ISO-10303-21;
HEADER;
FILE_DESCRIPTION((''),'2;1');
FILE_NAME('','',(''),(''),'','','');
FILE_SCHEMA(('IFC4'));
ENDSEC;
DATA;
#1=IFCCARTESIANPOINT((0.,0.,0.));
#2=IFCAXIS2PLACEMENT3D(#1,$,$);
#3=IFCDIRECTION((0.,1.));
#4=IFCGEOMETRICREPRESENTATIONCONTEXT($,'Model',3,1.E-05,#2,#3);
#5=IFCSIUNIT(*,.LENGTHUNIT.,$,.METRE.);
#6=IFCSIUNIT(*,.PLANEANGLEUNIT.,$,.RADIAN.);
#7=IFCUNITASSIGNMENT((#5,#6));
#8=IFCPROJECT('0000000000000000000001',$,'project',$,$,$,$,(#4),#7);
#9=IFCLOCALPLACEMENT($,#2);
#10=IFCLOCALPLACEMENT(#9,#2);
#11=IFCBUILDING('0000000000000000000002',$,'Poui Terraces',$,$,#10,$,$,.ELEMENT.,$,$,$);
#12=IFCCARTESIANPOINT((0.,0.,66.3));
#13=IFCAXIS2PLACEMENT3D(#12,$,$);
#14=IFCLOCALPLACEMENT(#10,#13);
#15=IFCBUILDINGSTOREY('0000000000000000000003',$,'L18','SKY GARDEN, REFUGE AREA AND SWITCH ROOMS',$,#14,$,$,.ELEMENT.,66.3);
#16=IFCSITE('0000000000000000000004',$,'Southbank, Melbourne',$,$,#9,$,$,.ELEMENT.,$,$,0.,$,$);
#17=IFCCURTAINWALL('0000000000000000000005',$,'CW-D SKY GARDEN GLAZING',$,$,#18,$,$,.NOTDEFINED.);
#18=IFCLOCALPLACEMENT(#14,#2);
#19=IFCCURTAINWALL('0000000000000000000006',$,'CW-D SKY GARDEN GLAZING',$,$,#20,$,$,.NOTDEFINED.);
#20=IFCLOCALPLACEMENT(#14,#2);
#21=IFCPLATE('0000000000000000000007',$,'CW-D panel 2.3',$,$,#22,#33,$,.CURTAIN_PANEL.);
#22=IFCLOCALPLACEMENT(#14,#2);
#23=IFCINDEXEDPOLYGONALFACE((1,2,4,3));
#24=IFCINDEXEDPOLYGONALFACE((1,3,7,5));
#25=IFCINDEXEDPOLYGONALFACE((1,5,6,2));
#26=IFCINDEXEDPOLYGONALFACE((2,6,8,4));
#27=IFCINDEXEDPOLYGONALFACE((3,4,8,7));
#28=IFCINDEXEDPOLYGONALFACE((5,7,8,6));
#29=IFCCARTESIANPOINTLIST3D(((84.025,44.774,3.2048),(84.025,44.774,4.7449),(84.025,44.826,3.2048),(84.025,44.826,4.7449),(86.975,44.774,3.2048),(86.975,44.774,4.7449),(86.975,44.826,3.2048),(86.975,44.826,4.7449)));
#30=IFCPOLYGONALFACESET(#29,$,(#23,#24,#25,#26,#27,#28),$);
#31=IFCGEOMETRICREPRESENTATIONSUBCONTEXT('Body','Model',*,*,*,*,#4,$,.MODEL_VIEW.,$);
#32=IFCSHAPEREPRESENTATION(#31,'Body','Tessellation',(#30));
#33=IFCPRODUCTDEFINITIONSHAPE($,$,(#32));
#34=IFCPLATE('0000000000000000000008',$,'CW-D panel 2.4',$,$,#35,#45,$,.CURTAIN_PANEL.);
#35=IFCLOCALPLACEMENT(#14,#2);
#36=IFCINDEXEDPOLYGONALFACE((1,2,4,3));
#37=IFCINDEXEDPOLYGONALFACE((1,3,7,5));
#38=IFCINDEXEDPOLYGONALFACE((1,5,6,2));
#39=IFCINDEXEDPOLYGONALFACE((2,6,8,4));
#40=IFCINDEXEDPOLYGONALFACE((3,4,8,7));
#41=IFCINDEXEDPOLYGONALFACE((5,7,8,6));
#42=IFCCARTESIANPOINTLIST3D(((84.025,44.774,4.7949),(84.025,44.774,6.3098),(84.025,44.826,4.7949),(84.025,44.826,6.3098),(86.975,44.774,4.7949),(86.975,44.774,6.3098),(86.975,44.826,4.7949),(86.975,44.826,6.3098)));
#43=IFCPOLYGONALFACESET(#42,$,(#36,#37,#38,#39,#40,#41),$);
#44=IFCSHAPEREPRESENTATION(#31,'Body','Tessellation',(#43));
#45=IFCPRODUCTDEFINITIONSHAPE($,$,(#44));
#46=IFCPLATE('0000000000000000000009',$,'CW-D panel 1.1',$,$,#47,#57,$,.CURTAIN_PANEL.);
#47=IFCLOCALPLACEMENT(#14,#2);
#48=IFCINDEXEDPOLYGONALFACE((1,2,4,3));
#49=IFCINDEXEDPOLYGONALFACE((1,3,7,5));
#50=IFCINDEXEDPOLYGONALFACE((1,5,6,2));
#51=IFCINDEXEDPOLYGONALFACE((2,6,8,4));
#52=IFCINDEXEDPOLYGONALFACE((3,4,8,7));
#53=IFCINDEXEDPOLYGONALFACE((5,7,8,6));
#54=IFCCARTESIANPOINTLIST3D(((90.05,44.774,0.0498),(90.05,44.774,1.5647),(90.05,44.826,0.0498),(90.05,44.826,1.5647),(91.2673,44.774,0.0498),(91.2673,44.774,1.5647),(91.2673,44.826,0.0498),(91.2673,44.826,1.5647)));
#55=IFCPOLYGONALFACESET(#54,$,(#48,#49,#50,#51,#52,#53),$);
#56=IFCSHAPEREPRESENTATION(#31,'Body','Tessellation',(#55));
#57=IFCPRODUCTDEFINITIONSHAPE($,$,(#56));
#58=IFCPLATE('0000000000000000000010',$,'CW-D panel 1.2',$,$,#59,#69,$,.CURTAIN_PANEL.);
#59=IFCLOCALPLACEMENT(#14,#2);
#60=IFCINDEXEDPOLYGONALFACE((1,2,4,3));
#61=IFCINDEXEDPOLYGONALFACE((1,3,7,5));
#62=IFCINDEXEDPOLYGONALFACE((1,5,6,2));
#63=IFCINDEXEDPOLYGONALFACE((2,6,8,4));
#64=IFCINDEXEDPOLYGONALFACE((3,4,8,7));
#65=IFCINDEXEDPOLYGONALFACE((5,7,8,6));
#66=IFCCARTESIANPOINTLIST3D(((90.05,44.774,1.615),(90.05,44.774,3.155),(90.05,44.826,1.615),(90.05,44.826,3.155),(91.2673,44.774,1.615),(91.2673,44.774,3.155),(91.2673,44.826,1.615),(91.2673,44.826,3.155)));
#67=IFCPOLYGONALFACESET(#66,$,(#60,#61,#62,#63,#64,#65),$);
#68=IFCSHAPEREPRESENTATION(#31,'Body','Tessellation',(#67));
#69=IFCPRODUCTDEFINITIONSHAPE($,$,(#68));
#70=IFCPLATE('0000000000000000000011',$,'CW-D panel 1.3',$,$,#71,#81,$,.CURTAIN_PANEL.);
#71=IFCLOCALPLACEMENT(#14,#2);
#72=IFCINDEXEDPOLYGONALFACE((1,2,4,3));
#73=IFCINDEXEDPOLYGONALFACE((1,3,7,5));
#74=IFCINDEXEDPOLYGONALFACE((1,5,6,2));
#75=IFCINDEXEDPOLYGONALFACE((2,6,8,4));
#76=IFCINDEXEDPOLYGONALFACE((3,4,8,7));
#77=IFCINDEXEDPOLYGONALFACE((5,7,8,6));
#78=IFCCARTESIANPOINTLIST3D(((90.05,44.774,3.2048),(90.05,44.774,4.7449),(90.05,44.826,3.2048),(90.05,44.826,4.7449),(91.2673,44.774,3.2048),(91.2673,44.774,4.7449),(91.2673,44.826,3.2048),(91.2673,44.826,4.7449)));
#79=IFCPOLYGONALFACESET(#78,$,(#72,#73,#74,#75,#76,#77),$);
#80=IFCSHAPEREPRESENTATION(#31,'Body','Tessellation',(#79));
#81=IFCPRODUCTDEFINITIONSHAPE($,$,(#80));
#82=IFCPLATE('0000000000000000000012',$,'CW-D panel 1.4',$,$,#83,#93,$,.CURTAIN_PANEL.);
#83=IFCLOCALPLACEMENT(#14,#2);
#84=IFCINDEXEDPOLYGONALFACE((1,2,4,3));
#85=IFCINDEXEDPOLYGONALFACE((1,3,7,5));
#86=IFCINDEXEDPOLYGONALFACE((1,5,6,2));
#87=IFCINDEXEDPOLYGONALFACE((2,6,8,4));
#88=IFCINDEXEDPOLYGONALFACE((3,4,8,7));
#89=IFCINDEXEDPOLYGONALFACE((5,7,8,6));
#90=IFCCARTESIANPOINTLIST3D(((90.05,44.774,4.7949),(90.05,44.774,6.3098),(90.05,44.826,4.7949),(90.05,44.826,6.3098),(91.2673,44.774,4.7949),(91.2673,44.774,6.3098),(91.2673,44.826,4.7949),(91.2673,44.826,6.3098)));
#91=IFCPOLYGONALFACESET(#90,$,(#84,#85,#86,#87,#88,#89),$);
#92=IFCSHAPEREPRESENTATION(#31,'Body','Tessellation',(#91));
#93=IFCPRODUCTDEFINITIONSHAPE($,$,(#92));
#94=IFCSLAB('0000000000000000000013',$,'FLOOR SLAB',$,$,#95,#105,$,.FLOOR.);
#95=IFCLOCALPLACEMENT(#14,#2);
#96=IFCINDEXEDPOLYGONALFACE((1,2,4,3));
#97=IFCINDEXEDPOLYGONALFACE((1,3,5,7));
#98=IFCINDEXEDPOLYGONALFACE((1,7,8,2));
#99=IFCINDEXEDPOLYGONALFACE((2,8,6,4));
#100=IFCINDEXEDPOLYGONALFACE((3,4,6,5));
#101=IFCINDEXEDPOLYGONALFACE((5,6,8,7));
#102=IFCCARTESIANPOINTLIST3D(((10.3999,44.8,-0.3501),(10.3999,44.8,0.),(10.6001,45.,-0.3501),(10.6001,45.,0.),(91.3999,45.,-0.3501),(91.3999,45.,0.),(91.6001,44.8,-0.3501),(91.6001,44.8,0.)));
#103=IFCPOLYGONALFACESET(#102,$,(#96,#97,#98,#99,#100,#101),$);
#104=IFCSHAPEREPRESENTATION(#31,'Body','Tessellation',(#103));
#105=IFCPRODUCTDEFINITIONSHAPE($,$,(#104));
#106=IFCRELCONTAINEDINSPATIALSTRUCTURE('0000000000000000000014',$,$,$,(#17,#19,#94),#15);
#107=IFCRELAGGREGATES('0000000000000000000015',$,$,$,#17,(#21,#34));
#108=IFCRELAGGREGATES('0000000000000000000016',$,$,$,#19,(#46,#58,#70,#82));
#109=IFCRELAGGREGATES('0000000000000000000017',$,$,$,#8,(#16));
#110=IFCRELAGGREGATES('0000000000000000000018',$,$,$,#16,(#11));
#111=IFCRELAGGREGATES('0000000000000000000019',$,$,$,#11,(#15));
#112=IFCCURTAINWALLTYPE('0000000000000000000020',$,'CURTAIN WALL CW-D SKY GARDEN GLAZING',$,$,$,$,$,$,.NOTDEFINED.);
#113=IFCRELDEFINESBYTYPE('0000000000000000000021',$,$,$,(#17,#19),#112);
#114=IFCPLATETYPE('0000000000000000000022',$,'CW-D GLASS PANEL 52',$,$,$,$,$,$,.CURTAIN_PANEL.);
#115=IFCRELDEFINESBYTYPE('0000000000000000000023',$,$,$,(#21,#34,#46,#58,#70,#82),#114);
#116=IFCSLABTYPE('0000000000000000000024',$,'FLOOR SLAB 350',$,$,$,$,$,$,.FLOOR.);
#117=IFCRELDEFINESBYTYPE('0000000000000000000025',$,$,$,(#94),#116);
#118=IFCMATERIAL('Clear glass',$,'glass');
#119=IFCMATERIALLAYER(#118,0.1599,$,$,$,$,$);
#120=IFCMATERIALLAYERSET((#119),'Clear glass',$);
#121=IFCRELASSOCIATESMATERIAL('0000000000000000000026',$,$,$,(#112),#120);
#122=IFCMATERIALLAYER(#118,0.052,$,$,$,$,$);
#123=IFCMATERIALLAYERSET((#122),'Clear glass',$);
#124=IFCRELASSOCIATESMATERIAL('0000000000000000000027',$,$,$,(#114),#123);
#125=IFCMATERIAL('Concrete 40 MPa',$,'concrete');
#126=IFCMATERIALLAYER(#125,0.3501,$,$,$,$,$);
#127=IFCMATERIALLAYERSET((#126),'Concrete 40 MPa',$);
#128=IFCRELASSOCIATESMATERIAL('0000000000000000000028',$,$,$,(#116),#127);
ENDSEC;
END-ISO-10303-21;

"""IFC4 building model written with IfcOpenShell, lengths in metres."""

from ifc_helpers import new_model, si_unit, direction, frame, origin, origin_2d, place, context, subcontext, project, spatial, polyline, rectangle, outline, extrude, source, transform, mapped, material, layer, layer_set, type_object, element, aggregate, save


model = new_model("IFC4")

# Units and contexts
model_context = context("Model", 3, precision=1e-05, world=origin(), true_north=direction((0.0, 1.0)))
body_context = subcontext(model_context, "Body", "Model", "MODEL_VIEW")
ifc_project = project(units=[si_unit("LENGTHUNIT", "METRE"), si_unit("PLANEANGLEUNIT", "RADIAN")], contexts=[model_context])

# Site, building, storey
site_placement = place(None, origin())
site = spatial("IfcSite", under=ifc_project, at=site_placement, Name="Southbank, Melbourne", CompositionType="ELEMENT", RefElevation=0.0)
building_placement = place(site_placement, origin())
building = spatial("IfcBuilding", under=site, at=building_placement, Name="Poui Terraces", CompositionType="ELEMENT")
storey_placement = place(building_placement, frame((0.0, 0.0, 66.3)))
storey = spatial("IfcBuildingStorey", under=building, at=storey_placement, Name="L18", Description="SKY GARDEN, REFUGE AREA AND SWITCH ROOMS", CompositionType="ELEMENT", Elevation=66.3)

# Curtain walls
ifc_material_1 = material(Name="Clear glass", Category="glass")
ifc_layer_1 = layer(ifc_material_1, 0.1599)
ifc_layer_set_1 = layer_set([ifc_layer_1], Name="Clear glass")
curtain_wall_type = type_object("IfcCurtainWallType", Name="CURTAIN WALL CW-D SKY GARDEN GLAZING", PredefinedType="NOTDEFINED", material=ifc_layer_set_1)
curtain_wall_1_placement = place(storey_placement, origin())
curtain_wall_1 = element("IfcCurtainWall", 1, at=curtain_wall_1_placement, inside=storey, type_object=curtain_wall_type, Name="CW-D SKY GARDEN GLAZING", PredefinedType="NOTDEFINED")
curtain_wall_2_placement = place(storey_placement, origin())
curtain_wall_2 = element("IfcCurtainWall", 2, at=curtain_wall_2_placement, inside=storey, type_object=curtain_wall_type, Name="CW-D SKY GARDEN GLAZING", PredefinedType="NOTDEFINED")

# Plates
ifc_layer_2 = layer(ifc_material_1, 0.052)
ifc_layer_set_2 = layer_set([ifc_layer_2], Name="Clear glass")
plate_type = type_object("IfcPlateType", Name="CW-D GLASS PANEL 52", PredefinedType="CURTAIN_PANEL", material=ifc_layer_set_2)
plate_1_placement = place(storey_placement, frame((85.5, 44.8, 3.2048), z_axis=(0.0, 0.0, 1.0), x_axis=(-1.0, 0.0, 0.0)))
plate_1 = element("IfcPlate", 3, at=plate_1_placement, type_object=plate_type, Name="CW-D panel 2.3", PredefinedType="CURTAIN_PANEL", context=body_context, shape_type="SweptSolid", body=[
    extrude(rectangle(XDim=2.95, YDim=0.052, at=origin_2d()), origin(), (0.0, 0.0, 1.0), 1.54),
])
plate_2_placement = place(storey_placement, frame((85.5, 44.8, 4.7949), z_axis=(0.0, 0.0, 1.0), x_axis=(-1.0, 0.0, 0.0)))
plate_2 = element("IfcPlate", 4, at=plate_2_placement, type_object=plate_type, Name="CW-D panel 2.4", PredefinedType="CURTAIN_PANEL", context=body_context, shape_type="SweptSolid", body=[
    extrude(rectangle(XDim=2.95, YDim=0.052, at=origin_2d()), origin(), (0.0, 0.0, 1.0), 1.5149),
])
aggregate(curtain_wall_1, [plate_1, plate_2])
plate_3_placement = place(storey_placement, frame((90.6587, 44.8, 0.0498), z_axis=(0.0, 0.0, 1.0), x_axis=(-1.0, 0.0, 0.0)))
plate_3 = element("IfcPlate", 5, at=plate_3_placement, type_object=plate_type, Name="CW-D panel 1.1", PredefinedType="CURTAIN_PANEL", context=body_context, shape_type="SweptSolid", body=[
    extrude(rectangle(XDim=1.2173, YDim=0.052, at=origin_2d()), origin(), (0.0, 0.0, 1.0), 1.5149),
])
plate_4_placement = place(storey_placement, frame((90.6587, 44.8, 1.615), z_axis=(0.0, 0.0, 1.0), x_axis=(-1.0, 0.0, 0.0)))
plate_4 = element("IfcPlate", 6, at=plate_4_placement, type_object=plate_type, Name="CW-D panel 1.2", PredefinedType="CURTAIN_PANEL", context=body_context, shape_type="SweptSolid", body=[
    extrude(rectangle(XDim=1.2173, YDim=0.052, at=origin_2d()), origin(), (0.0, 0.0, 1.0), 1.54),
])
plate_5_placement = place(storey_placement, frame((90.6587, 44.8, 3.2048), z_axis=(0.0, 0.0, 1.0), x_axis=(-1.0, 0.0, 0.0)))
plate_5 = element("IfcPlate", 7, at=plate_5_placement, type_object=plate_type, Name="CW-D panel 1.3", PredefinedType="CURTAIN_PANEL", context=body_context, shape_type="SweptSolid", body=[
    extrude(rectangle(XDim=1.2173, YDim=0.052, at=origin_2d()), origin(), (0.0, 0.0, 1.0), 1.54),
])
plate_6_placement = place(storey_placement, frame((90.6587, 44.8, 4.7949), z_axis=(0.0, 0.0, 1.0), x_axis=(-1.0, 0.0, 0.0)))
plate_6 = element("IfcPlate", 8, at=plate_6_placement, type_object=plate_type, Name="CW-D panel 1.4", PredefinedType="CURTAIN_PANEL", context=body_context, shape_type="SweptSolid", body=[
    extrude(rectangle(XDim=1.2173, YDim=0.052, at=origin_2d()), origin(), (0.0, 0.0, 1.0), 1.5149),
])
aggregate(curtain_wall_2, [plate_3, plate_4, plate_5, plate_6])

# Slab
ifc_material_2 = material(Name="Concrete 40 MPa", Category="concrete")
ifc_layer_3 = layer(ifc_material_2, 0.3501)
ifc_layer_set_3 = layer_set([ifc_layer_3], Name="Concrete 40 MPa")
slab_type = type_object("IfcSlabType", Name="FLOOR SLAB 350", PredefinedType="FLOOR", material=ifc_layer_set_3)
shared_shape = source(origin(), body_context, "Body", "SweptSolid", [
    extrude(outline(polyline([(0.0, 0.0), (-80.7998, 0.0), (-81.0, -0.2), (0.2002, -0.2), (0.0, 0.0)])), origin(), (0.0, 0.0, 1.0), 0.3501),
])
slab_placement = place(storey_placement, frame((91.3999, 45.0, -0.3501)))
element("IfcSlab", 9, at=slab_placement, inside=storey, type_object=slab_type, Name="FLOOR SLAB", PredefinedType="FLOOR", context=body_context, shape_type="MappedRepresentation", body=[
    mapped(shared_shape, transform((0.0, 0.0, 0.0))),
])

save(model, "model.ifc")
